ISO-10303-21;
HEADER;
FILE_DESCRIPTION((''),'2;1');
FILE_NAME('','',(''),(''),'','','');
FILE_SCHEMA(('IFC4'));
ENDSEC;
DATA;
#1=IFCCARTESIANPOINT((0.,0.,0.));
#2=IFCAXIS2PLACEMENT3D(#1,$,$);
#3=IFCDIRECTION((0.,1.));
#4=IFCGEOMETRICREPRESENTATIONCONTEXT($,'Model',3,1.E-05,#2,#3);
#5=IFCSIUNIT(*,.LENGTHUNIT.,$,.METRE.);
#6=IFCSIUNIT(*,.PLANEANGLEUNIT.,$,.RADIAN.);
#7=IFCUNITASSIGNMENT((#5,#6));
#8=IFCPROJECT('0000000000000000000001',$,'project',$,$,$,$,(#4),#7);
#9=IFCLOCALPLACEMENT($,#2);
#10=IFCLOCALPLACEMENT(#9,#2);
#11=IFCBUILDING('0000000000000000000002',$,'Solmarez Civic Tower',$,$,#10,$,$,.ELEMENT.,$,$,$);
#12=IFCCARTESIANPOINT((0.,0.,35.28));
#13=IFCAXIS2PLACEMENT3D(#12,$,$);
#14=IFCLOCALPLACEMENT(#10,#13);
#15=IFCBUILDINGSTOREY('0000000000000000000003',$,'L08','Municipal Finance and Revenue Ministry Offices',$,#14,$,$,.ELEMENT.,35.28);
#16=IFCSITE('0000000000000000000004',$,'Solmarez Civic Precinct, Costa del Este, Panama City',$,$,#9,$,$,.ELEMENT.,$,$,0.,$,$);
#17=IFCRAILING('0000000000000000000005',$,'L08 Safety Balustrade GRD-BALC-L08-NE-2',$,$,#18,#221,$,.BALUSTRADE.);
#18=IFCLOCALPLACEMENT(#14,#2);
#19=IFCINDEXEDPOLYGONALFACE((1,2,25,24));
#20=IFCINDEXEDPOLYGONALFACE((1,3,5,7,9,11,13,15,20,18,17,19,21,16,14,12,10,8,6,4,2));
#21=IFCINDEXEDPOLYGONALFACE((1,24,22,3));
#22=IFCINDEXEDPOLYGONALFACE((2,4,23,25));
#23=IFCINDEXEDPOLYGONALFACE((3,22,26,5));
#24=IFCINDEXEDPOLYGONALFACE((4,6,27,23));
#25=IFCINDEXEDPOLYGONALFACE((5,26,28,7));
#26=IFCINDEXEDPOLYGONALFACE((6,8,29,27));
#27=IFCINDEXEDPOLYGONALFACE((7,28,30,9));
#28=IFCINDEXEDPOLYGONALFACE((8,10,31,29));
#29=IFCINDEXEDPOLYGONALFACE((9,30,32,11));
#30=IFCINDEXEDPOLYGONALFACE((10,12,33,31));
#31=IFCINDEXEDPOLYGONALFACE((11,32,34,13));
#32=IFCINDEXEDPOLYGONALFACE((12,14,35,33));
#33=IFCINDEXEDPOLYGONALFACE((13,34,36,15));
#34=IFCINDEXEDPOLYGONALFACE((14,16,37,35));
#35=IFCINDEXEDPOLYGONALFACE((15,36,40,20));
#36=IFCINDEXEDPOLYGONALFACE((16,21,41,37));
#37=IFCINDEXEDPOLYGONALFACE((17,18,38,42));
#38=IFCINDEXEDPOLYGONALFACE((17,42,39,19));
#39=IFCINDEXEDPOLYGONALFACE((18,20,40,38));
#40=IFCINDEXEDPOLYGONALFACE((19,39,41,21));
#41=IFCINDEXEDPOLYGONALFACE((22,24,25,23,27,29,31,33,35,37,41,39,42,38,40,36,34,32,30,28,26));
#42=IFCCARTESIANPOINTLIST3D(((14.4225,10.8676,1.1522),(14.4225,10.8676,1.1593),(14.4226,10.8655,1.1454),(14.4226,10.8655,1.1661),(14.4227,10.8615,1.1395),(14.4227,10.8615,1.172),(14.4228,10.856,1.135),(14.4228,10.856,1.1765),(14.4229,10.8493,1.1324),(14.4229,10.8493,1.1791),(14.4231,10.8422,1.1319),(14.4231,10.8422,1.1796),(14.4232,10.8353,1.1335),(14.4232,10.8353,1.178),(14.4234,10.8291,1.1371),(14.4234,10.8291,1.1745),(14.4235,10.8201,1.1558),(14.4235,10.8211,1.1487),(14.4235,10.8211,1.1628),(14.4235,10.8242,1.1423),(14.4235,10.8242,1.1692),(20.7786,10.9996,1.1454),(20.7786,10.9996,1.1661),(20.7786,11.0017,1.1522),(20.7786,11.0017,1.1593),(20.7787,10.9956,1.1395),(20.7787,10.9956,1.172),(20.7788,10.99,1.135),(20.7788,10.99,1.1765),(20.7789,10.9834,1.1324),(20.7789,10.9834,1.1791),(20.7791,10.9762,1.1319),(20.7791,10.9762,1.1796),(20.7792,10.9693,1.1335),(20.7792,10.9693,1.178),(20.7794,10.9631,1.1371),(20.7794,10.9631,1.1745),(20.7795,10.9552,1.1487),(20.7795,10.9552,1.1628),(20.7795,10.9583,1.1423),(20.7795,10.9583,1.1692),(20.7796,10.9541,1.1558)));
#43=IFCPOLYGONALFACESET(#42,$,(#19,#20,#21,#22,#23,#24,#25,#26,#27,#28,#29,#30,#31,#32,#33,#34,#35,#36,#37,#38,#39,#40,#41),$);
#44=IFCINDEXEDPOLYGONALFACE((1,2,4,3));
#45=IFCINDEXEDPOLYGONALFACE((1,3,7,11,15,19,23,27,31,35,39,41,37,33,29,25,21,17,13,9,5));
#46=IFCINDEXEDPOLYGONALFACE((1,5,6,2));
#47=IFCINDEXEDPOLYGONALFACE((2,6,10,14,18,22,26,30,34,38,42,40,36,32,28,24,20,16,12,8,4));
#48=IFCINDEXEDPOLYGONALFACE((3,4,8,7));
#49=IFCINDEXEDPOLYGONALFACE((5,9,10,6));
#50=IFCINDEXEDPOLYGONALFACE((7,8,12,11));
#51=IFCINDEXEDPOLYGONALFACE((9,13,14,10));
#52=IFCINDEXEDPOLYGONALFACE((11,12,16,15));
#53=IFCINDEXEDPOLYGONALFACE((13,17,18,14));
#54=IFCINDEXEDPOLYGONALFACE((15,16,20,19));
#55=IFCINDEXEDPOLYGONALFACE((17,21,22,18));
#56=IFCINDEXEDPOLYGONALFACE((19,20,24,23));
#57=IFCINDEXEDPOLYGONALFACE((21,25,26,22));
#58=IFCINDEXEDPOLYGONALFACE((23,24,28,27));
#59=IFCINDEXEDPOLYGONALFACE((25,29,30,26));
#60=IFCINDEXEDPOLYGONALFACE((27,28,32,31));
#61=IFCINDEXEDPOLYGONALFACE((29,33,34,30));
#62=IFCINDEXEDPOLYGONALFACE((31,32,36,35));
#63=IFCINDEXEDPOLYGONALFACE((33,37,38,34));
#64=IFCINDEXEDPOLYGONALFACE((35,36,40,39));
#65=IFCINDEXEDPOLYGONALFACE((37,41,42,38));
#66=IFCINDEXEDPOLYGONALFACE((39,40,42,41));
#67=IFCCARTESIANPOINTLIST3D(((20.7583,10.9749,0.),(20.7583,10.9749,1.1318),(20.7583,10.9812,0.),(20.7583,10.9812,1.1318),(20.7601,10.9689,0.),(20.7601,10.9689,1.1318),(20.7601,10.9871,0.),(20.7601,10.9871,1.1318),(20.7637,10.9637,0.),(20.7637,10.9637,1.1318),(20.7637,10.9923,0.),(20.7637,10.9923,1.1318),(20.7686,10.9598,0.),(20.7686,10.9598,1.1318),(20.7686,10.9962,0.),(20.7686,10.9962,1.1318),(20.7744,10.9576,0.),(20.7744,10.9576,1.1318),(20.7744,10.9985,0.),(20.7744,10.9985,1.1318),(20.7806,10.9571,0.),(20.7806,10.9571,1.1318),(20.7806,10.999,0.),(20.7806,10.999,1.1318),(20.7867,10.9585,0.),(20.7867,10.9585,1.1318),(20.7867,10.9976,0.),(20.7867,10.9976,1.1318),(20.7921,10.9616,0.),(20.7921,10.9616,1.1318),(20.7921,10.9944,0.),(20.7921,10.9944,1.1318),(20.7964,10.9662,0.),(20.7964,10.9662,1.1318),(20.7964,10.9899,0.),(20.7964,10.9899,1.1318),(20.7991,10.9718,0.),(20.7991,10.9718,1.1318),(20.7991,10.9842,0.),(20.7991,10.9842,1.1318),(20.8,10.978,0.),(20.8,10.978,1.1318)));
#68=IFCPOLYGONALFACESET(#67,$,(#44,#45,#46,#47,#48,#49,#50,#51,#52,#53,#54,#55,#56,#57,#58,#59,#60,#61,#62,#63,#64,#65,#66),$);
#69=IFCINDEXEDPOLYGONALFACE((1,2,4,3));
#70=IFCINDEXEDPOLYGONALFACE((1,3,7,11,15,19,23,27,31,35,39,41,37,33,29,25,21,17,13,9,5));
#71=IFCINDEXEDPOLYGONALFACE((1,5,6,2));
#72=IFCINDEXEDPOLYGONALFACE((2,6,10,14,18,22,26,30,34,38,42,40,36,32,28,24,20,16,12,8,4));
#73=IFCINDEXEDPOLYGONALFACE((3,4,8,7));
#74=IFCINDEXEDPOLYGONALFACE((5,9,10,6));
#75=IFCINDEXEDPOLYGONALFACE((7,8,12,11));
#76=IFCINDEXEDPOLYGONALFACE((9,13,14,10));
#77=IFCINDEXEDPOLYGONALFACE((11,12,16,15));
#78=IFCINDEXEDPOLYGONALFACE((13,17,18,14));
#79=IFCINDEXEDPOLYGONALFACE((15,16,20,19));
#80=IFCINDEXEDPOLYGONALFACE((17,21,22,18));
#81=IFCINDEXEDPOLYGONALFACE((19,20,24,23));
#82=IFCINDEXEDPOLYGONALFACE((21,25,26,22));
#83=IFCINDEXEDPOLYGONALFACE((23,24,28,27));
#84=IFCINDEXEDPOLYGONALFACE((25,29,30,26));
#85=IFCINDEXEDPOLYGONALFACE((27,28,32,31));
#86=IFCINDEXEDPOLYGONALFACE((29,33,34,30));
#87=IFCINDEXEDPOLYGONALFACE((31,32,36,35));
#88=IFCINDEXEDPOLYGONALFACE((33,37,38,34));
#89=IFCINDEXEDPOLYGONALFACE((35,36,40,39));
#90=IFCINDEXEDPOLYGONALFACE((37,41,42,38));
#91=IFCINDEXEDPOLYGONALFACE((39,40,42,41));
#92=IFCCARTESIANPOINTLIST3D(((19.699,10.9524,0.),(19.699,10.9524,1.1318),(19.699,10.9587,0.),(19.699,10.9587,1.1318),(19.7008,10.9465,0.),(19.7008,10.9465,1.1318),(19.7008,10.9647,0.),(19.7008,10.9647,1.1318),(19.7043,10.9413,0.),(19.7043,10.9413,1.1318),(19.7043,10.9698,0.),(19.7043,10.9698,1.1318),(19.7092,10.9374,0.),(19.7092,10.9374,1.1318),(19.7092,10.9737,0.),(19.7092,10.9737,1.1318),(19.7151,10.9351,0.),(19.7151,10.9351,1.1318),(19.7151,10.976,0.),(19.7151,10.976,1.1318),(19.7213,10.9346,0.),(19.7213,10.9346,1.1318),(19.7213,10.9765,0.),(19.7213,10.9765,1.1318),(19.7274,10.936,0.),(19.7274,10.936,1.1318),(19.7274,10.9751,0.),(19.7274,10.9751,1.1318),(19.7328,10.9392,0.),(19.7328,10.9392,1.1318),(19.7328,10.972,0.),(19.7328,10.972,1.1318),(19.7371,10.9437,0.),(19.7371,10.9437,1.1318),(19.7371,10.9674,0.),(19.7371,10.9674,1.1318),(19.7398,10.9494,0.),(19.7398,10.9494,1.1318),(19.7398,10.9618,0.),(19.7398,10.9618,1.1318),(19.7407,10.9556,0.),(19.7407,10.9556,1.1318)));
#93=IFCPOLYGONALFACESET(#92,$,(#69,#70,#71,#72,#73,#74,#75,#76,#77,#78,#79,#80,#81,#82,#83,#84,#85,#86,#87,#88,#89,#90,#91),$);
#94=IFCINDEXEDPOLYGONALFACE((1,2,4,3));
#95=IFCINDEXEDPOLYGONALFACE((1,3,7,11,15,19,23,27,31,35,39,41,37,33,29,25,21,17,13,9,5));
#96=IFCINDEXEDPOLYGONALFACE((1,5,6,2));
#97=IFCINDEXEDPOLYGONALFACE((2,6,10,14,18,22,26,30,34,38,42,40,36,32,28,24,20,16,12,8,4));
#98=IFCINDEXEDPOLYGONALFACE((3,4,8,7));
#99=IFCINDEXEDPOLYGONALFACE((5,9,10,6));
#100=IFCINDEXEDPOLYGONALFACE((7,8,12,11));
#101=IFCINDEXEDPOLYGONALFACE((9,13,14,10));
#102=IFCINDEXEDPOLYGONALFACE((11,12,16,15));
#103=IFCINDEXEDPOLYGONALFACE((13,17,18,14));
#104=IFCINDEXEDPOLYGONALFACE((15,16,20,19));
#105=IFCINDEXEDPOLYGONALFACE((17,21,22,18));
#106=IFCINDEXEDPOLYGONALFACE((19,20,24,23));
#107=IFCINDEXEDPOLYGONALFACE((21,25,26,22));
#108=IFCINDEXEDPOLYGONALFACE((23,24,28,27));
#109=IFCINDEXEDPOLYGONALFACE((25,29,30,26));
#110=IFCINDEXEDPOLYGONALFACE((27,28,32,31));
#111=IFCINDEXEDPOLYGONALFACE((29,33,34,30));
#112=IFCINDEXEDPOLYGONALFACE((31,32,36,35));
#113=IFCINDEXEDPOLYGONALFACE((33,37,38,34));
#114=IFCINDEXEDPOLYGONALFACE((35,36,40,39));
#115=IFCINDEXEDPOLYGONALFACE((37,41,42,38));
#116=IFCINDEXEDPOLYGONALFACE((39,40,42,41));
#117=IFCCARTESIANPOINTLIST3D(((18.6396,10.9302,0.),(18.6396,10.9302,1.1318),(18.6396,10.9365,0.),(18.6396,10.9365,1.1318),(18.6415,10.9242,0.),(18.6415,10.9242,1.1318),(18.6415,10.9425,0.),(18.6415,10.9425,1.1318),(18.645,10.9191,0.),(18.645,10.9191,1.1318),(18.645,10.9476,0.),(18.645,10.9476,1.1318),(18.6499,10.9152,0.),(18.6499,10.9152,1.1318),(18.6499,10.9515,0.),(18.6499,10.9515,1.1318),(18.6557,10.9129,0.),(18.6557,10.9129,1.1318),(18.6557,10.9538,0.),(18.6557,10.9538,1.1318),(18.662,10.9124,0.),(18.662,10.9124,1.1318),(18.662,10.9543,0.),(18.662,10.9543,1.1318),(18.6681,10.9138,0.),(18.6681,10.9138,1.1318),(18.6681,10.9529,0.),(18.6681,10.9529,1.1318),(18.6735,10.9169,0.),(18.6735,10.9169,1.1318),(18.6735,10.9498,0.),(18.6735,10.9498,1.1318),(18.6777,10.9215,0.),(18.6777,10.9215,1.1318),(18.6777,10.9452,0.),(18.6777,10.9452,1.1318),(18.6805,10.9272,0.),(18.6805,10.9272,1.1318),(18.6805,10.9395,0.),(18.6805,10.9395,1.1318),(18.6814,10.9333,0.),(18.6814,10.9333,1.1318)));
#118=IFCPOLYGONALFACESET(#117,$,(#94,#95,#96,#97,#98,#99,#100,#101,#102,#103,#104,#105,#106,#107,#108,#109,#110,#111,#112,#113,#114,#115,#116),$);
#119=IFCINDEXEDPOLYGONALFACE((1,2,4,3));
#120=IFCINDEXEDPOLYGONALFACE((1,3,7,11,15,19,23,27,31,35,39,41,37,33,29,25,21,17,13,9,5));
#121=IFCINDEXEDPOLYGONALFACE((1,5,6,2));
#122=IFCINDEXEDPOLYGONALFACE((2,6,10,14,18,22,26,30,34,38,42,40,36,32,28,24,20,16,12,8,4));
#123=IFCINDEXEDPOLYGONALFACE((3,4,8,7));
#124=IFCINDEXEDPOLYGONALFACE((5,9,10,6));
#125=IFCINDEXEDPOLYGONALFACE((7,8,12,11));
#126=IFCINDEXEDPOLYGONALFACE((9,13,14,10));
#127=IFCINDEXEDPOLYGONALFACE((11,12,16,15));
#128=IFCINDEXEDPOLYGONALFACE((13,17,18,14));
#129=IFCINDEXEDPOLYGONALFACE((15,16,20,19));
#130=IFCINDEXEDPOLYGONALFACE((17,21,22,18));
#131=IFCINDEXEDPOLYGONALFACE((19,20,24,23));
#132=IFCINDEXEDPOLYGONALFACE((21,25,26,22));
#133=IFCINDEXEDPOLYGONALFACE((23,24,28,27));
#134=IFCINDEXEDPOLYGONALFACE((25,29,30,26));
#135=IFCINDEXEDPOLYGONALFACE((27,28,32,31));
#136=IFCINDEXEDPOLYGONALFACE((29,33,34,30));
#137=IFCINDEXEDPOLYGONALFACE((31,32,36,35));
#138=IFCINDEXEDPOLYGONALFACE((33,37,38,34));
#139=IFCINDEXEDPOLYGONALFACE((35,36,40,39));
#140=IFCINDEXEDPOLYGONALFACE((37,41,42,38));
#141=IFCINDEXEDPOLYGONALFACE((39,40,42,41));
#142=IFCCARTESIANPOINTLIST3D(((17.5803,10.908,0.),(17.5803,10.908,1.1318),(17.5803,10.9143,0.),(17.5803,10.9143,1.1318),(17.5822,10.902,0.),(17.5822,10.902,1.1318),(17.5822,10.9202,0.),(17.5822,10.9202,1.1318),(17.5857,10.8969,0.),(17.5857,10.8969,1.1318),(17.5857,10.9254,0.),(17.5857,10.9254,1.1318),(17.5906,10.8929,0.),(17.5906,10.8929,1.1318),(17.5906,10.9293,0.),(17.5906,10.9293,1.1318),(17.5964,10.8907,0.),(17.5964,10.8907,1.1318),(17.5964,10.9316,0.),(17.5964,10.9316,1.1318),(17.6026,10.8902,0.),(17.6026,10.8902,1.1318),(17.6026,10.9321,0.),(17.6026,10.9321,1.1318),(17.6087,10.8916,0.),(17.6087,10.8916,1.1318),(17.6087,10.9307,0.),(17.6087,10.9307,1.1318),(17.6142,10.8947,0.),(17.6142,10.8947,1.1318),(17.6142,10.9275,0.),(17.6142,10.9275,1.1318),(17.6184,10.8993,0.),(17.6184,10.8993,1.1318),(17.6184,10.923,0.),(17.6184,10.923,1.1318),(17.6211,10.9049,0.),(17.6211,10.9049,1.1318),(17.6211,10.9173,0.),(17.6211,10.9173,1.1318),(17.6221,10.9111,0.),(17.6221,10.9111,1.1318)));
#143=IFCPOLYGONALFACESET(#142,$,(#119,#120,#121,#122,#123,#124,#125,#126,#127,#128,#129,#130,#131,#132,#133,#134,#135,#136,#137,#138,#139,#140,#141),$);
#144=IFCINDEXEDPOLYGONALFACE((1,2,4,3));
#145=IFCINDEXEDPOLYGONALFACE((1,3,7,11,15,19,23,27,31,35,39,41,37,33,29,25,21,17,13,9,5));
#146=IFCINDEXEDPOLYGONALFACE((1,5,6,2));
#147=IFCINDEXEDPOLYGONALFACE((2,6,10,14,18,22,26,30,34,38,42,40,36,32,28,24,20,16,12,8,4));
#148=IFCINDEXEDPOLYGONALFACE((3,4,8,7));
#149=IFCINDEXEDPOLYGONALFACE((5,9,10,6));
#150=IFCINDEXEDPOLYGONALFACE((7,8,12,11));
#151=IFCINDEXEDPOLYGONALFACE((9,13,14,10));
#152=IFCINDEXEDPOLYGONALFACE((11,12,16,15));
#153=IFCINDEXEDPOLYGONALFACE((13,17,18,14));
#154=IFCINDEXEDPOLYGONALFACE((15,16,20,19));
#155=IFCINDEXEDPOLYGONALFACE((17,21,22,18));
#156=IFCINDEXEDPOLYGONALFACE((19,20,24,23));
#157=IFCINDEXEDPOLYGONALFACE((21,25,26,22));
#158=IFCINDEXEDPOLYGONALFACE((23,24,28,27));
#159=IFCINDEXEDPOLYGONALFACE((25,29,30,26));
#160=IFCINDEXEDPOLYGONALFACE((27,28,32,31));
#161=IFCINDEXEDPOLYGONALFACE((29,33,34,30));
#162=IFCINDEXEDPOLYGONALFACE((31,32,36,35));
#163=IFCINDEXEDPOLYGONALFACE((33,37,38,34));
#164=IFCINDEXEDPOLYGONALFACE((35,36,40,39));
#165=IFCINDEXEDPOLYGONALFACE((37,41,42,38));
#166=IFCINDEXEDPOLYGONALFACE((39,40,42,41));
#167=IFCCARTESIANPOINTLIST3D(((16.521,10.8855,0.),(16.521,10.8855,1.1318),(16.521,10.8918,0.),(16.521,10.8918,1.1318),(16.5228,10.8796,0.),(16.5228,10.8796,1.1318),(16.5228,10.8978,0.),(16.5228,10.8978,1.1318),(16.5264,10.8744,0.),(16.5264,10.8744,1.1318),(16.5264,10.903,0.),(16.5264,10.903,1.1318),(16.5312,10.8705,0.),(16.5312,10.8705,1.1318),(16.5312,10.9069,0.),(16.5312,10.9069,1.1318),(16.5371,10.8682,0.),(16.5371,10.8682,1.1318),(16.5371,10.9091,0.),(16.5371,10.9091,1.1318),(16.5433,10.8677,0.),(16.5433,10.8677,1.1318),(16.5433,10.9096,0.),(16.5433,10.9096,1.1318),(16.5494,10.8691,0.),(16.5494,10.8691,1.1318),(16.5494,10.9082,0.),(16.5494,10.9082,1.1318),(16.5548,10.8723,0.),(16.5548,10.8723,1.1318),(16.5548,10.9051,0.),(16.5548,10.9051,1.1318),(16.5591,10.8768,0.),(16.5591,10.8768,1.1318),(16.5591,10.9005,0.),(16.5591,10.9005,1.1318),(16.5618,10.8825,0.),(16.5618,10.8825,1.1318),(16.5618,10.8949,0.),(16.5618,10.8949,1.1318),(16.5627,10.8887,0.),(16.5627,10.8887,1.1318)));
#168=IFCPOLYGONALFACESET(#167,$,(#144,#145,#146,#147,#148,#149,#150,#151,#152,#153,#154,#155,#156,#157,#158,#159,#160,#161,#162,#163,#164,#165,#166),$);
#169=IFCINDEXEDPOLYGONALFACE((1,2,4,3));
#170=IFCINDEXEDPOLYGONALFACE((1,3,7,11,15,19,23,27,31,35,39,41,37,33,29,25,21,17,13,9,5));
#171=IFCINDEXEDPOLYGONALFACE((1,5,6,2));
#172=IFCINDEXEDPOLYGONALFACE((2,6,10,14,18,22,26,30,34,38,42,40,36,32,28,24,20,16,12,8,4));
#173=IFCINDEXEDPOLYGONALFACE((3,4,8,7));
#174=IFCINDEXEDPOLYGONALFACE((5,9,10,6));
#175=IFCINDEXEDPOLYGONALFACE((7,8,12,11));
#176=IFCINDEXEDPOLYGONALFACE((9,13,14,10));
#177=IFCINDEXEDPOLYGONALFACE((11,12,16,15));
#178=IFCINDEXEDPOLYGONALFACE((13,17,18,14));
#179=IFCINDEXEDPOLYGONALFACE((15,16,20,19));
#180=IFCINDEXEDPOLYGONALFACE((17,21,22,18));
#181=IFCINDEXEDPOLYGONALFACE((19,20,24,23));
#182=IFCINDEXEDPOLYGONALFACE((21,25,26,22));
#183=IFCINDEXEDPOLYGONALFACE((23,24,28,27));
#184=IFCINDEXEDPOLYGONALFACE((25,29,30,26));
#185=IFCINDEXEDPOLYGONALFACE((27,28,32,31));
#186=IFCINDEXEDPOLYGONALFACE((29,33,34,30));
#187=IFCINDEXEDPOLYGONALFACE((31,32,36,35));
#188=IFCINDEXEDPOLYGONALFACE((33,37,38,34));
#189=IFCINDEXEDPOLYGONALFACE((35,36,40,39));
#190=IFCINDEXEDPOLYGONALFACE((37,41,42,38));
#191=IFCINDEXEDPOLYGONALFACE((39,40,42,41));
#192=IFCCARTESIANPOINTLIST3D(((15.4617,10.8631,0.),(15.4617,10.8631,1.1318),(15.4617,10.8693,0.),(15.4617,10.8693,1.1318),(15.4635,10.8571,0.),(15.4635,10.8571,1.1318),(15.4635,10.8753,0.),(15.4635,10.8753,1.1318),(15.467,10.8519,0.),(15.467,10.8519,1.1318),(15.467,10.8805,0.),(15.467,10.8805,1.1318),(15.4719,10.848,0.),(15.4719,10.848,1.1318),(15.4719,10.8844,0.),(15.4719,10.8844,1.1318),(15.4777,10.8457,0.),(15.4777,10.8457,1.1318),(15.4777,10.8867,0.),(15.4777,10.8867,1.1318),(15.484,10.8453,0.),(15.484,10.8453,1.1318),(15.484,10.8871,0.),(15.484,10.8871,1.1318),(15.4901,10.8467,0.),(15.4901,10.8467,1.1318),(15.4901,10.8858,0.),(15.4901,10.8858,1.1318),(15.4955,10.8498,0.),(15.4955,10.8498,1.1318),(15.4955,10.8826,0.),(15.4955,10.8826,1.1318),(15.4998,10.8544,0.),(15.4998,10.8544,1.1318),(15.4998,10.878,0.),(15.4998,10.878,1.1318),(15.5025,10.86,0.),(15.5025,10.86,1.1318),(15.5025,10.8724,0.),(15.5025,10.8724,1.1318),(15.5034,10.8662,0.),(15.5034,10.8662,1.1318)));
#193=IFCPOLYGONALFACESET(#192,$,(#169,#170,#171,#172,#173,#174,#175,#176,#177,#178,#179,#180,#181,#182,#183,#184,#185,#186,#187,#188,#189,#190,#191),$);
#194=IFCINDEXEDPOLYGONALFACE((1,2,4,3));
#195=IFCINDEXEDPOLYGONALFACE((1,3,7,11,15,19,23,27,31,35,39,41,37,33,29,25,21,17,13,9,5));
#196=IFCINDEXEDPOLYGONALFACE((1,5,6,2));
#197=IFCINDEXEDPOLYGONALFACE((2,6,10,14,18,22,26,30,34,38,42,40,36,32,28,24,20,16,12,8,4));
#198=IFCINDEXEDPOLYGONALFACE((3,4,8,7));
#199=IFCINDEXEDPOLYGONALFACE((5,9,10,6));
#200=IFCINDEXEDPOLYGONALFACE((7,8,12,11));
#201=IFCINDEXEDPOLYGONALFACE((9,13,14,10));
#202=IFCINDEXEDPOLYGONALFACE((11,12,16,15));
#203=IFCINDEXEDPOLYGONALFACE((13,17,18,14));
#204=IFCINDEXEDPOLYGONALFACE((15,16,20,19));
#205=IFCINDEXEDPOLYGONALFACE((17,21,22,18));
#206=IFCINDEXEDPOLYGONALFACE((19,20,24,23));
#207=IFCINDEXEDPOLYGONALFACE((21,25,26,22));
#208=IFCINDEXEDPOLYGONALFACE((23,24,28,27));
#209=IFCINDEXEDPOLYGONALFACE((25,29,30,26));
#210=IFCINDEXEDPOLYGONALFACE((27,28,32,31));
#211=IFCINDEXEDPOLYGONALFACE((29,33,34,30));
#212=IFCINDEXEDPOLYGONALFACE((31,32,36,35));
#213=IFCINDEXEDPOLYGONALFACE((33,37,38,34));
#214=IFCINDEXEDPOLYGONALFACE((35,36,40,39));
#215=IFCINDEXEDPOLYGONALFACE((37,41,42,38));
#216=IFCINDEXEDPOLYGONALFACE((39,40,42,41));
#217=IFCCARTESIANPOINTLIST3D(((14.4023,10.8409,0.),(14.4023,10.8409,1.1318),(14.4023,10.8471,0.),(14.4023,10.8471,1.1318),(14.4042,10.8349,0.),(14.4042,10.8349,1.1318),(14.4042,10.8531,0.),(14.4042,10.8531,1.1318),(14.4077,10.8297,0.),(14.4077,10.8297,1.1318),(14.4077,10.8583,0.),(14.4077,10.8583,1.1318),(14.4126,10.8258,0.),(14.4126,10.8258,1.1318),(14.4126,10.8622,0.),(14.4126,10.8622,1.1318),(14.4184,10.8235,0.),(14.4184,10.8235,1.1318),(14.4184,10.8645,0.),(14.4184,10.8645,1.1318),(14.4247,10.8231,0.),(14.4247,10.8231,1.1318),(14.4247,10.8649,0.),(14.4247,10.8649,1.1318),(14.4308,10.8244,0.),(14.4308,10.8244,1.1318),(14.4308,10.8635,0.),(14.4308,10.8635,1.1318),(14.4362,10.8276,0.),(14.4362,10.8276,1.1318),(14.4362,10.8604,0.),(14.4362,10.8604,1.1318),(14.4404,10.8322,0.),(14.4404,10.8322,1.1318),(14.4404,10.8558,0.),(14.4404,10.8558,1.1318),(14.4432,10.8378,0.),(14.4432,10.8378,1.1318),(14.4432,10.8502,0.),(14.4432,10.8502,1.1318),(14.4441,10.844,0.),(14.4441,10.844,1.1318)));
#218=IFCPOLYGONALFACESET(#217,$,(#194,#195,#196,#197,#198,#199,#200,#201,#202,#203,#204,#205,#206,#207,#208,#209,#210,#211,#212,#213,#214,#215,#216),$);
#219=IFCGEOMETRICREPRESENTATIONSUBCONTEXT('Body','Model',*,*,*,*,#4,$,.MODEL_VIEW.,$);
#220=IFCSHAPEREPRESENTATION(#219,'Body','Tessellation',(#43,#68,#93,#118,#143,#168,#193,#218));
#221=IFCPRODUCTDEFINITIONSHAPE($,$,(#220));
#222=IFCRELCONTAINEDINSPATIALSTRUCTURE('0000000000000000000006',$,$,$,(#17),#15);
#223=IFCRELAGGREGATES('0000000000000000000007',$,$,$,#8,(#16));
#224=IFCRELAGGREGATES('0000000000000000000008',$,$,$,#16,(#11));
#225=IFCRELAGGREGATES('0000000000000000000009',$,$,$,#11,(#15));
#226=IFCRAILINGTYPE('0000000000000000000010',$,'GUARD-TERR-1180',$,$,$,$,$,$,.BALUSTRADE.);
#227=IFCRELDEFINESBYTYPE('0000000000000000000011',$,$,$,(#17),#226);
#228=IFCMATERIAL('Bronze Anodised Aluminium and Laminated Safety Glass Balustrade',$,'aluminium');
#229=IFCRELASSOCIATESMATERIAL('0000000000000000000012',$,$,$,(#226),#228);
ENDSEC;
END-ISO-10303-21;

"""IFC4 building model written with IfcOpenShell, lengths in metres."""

from ifc_helpers import new_model, si_unit, direction, frame, origin, origin_2d, place, context, subcontext, project, spatial, circle, extrude, material, type_object, element, save


model = new_model("IFC4")

# Units and contexts
model_context = context("Model", 3, precision=1e-05, world=origin(), true_north=direction((0.0, 1.0)))
body_context = subcontext(model_context, "Body", "Model", "MODEL_VIEW")
ifc_project = project(units=[si_unit("LENGTHUNIT", "METRE"), si_unit("PLANEANGLEUNIT", "RADIAN")], contexts=[model_context])

# Site, building, storey
site_placement = place(None, origin())
site = spatial("IfcSite", under=ifc_project, at=site_placement, Name="Solmarez Civic Precinct, Costa del Este, Panama City", CompositionType="ELEMENT", RefElevation=0.0)
building_placement = place(site_placement, origin())
building = spatial("IfcBuilding", under=site, at=building_placement, Name="Solmarez Civic Tower", CompositionType="ELEMENT")
storey_placement = place(building_placement, frame((0.0, 0.0, 35.28)))
storey = spatial("IfcBuildingStorey", under=building, at=storey_placement, Name="L08", Description="Municipal Finance and Revenue Ministry Offices", CompositionType="ELEMENT", Elevation=35.28)

# Railing
ifc_material_1 = material(Name="Bronze Anodised Aluminium and Laminated Safety Glass Balustrade", Category="aluminium")
railing_type = type_object("IfcRailingType", Name="GUARD-TERR-1180", PredefinedType="BALUSTRADE", material=ifc_material_1)
railing_1_placement = place(storey_placement, frame((20.7791, 10.978, 0.0)))
element("IfcRailing", 1, at=railing_1_placement, inside=storey, type_object=railing_type, Name="L08 Safety Balustrade GRD-BALC-L08-NE-2", PredefinedType="BALUSTRADE", context=body_context, shape_type="SweptSolid", body=[
    extrude(circle(Radius=0.0239, at=origin_2d()), frame((0.0, 0.0, 1.1558), z_axis=(-0.999778, -0.021083, 0.0), x_axis=(0.021083, -0.999778, 0.0)), (0.0, 0.0, 1.0), 6.3574),
    extrude(circle(Radius=0.021, at=origin_2d()), origin(), (0.0, 0.0, 1.0), 1.1318),
    extrude(circle(Radius=0.021, at=origin_2d()), frame((-1.0593, -0.0225, 0.0)), (0.0, 0.0, 1.0), 1.1318),
    extrude(circle(Radius=0.021, at=origin_2d()), frame((-2.1187, -0.0447, 0.0)), (0.0, 0.0, 1.0), 1.1318),
    extrude(circle(Radius=0.021, at=origin_2d()), frame((-3.178, -0.0669, 0.0)), (0.0, 0.0, 1.0), 1.1318),
    extrude(circle(Radius=0.021, at=origin_2d()), frame((-4.2373, -0.0894, 0.0)), (0.0, 0.0, 1.0), 1.1318),
    extrude(circle(Radius=0.021, at=origin_2d()), frame((-5.2966, -0.1118, 0.0)), (0.0, 0.0, 1.0), 1.1318),
    extrude(circle(Radius=0.021, at=origin_2d()), frame((-6.356, -0.134, 0.0)), (0.0, 0.0, 1.0), 1.1318),
])

save(model, "model.ifc")
